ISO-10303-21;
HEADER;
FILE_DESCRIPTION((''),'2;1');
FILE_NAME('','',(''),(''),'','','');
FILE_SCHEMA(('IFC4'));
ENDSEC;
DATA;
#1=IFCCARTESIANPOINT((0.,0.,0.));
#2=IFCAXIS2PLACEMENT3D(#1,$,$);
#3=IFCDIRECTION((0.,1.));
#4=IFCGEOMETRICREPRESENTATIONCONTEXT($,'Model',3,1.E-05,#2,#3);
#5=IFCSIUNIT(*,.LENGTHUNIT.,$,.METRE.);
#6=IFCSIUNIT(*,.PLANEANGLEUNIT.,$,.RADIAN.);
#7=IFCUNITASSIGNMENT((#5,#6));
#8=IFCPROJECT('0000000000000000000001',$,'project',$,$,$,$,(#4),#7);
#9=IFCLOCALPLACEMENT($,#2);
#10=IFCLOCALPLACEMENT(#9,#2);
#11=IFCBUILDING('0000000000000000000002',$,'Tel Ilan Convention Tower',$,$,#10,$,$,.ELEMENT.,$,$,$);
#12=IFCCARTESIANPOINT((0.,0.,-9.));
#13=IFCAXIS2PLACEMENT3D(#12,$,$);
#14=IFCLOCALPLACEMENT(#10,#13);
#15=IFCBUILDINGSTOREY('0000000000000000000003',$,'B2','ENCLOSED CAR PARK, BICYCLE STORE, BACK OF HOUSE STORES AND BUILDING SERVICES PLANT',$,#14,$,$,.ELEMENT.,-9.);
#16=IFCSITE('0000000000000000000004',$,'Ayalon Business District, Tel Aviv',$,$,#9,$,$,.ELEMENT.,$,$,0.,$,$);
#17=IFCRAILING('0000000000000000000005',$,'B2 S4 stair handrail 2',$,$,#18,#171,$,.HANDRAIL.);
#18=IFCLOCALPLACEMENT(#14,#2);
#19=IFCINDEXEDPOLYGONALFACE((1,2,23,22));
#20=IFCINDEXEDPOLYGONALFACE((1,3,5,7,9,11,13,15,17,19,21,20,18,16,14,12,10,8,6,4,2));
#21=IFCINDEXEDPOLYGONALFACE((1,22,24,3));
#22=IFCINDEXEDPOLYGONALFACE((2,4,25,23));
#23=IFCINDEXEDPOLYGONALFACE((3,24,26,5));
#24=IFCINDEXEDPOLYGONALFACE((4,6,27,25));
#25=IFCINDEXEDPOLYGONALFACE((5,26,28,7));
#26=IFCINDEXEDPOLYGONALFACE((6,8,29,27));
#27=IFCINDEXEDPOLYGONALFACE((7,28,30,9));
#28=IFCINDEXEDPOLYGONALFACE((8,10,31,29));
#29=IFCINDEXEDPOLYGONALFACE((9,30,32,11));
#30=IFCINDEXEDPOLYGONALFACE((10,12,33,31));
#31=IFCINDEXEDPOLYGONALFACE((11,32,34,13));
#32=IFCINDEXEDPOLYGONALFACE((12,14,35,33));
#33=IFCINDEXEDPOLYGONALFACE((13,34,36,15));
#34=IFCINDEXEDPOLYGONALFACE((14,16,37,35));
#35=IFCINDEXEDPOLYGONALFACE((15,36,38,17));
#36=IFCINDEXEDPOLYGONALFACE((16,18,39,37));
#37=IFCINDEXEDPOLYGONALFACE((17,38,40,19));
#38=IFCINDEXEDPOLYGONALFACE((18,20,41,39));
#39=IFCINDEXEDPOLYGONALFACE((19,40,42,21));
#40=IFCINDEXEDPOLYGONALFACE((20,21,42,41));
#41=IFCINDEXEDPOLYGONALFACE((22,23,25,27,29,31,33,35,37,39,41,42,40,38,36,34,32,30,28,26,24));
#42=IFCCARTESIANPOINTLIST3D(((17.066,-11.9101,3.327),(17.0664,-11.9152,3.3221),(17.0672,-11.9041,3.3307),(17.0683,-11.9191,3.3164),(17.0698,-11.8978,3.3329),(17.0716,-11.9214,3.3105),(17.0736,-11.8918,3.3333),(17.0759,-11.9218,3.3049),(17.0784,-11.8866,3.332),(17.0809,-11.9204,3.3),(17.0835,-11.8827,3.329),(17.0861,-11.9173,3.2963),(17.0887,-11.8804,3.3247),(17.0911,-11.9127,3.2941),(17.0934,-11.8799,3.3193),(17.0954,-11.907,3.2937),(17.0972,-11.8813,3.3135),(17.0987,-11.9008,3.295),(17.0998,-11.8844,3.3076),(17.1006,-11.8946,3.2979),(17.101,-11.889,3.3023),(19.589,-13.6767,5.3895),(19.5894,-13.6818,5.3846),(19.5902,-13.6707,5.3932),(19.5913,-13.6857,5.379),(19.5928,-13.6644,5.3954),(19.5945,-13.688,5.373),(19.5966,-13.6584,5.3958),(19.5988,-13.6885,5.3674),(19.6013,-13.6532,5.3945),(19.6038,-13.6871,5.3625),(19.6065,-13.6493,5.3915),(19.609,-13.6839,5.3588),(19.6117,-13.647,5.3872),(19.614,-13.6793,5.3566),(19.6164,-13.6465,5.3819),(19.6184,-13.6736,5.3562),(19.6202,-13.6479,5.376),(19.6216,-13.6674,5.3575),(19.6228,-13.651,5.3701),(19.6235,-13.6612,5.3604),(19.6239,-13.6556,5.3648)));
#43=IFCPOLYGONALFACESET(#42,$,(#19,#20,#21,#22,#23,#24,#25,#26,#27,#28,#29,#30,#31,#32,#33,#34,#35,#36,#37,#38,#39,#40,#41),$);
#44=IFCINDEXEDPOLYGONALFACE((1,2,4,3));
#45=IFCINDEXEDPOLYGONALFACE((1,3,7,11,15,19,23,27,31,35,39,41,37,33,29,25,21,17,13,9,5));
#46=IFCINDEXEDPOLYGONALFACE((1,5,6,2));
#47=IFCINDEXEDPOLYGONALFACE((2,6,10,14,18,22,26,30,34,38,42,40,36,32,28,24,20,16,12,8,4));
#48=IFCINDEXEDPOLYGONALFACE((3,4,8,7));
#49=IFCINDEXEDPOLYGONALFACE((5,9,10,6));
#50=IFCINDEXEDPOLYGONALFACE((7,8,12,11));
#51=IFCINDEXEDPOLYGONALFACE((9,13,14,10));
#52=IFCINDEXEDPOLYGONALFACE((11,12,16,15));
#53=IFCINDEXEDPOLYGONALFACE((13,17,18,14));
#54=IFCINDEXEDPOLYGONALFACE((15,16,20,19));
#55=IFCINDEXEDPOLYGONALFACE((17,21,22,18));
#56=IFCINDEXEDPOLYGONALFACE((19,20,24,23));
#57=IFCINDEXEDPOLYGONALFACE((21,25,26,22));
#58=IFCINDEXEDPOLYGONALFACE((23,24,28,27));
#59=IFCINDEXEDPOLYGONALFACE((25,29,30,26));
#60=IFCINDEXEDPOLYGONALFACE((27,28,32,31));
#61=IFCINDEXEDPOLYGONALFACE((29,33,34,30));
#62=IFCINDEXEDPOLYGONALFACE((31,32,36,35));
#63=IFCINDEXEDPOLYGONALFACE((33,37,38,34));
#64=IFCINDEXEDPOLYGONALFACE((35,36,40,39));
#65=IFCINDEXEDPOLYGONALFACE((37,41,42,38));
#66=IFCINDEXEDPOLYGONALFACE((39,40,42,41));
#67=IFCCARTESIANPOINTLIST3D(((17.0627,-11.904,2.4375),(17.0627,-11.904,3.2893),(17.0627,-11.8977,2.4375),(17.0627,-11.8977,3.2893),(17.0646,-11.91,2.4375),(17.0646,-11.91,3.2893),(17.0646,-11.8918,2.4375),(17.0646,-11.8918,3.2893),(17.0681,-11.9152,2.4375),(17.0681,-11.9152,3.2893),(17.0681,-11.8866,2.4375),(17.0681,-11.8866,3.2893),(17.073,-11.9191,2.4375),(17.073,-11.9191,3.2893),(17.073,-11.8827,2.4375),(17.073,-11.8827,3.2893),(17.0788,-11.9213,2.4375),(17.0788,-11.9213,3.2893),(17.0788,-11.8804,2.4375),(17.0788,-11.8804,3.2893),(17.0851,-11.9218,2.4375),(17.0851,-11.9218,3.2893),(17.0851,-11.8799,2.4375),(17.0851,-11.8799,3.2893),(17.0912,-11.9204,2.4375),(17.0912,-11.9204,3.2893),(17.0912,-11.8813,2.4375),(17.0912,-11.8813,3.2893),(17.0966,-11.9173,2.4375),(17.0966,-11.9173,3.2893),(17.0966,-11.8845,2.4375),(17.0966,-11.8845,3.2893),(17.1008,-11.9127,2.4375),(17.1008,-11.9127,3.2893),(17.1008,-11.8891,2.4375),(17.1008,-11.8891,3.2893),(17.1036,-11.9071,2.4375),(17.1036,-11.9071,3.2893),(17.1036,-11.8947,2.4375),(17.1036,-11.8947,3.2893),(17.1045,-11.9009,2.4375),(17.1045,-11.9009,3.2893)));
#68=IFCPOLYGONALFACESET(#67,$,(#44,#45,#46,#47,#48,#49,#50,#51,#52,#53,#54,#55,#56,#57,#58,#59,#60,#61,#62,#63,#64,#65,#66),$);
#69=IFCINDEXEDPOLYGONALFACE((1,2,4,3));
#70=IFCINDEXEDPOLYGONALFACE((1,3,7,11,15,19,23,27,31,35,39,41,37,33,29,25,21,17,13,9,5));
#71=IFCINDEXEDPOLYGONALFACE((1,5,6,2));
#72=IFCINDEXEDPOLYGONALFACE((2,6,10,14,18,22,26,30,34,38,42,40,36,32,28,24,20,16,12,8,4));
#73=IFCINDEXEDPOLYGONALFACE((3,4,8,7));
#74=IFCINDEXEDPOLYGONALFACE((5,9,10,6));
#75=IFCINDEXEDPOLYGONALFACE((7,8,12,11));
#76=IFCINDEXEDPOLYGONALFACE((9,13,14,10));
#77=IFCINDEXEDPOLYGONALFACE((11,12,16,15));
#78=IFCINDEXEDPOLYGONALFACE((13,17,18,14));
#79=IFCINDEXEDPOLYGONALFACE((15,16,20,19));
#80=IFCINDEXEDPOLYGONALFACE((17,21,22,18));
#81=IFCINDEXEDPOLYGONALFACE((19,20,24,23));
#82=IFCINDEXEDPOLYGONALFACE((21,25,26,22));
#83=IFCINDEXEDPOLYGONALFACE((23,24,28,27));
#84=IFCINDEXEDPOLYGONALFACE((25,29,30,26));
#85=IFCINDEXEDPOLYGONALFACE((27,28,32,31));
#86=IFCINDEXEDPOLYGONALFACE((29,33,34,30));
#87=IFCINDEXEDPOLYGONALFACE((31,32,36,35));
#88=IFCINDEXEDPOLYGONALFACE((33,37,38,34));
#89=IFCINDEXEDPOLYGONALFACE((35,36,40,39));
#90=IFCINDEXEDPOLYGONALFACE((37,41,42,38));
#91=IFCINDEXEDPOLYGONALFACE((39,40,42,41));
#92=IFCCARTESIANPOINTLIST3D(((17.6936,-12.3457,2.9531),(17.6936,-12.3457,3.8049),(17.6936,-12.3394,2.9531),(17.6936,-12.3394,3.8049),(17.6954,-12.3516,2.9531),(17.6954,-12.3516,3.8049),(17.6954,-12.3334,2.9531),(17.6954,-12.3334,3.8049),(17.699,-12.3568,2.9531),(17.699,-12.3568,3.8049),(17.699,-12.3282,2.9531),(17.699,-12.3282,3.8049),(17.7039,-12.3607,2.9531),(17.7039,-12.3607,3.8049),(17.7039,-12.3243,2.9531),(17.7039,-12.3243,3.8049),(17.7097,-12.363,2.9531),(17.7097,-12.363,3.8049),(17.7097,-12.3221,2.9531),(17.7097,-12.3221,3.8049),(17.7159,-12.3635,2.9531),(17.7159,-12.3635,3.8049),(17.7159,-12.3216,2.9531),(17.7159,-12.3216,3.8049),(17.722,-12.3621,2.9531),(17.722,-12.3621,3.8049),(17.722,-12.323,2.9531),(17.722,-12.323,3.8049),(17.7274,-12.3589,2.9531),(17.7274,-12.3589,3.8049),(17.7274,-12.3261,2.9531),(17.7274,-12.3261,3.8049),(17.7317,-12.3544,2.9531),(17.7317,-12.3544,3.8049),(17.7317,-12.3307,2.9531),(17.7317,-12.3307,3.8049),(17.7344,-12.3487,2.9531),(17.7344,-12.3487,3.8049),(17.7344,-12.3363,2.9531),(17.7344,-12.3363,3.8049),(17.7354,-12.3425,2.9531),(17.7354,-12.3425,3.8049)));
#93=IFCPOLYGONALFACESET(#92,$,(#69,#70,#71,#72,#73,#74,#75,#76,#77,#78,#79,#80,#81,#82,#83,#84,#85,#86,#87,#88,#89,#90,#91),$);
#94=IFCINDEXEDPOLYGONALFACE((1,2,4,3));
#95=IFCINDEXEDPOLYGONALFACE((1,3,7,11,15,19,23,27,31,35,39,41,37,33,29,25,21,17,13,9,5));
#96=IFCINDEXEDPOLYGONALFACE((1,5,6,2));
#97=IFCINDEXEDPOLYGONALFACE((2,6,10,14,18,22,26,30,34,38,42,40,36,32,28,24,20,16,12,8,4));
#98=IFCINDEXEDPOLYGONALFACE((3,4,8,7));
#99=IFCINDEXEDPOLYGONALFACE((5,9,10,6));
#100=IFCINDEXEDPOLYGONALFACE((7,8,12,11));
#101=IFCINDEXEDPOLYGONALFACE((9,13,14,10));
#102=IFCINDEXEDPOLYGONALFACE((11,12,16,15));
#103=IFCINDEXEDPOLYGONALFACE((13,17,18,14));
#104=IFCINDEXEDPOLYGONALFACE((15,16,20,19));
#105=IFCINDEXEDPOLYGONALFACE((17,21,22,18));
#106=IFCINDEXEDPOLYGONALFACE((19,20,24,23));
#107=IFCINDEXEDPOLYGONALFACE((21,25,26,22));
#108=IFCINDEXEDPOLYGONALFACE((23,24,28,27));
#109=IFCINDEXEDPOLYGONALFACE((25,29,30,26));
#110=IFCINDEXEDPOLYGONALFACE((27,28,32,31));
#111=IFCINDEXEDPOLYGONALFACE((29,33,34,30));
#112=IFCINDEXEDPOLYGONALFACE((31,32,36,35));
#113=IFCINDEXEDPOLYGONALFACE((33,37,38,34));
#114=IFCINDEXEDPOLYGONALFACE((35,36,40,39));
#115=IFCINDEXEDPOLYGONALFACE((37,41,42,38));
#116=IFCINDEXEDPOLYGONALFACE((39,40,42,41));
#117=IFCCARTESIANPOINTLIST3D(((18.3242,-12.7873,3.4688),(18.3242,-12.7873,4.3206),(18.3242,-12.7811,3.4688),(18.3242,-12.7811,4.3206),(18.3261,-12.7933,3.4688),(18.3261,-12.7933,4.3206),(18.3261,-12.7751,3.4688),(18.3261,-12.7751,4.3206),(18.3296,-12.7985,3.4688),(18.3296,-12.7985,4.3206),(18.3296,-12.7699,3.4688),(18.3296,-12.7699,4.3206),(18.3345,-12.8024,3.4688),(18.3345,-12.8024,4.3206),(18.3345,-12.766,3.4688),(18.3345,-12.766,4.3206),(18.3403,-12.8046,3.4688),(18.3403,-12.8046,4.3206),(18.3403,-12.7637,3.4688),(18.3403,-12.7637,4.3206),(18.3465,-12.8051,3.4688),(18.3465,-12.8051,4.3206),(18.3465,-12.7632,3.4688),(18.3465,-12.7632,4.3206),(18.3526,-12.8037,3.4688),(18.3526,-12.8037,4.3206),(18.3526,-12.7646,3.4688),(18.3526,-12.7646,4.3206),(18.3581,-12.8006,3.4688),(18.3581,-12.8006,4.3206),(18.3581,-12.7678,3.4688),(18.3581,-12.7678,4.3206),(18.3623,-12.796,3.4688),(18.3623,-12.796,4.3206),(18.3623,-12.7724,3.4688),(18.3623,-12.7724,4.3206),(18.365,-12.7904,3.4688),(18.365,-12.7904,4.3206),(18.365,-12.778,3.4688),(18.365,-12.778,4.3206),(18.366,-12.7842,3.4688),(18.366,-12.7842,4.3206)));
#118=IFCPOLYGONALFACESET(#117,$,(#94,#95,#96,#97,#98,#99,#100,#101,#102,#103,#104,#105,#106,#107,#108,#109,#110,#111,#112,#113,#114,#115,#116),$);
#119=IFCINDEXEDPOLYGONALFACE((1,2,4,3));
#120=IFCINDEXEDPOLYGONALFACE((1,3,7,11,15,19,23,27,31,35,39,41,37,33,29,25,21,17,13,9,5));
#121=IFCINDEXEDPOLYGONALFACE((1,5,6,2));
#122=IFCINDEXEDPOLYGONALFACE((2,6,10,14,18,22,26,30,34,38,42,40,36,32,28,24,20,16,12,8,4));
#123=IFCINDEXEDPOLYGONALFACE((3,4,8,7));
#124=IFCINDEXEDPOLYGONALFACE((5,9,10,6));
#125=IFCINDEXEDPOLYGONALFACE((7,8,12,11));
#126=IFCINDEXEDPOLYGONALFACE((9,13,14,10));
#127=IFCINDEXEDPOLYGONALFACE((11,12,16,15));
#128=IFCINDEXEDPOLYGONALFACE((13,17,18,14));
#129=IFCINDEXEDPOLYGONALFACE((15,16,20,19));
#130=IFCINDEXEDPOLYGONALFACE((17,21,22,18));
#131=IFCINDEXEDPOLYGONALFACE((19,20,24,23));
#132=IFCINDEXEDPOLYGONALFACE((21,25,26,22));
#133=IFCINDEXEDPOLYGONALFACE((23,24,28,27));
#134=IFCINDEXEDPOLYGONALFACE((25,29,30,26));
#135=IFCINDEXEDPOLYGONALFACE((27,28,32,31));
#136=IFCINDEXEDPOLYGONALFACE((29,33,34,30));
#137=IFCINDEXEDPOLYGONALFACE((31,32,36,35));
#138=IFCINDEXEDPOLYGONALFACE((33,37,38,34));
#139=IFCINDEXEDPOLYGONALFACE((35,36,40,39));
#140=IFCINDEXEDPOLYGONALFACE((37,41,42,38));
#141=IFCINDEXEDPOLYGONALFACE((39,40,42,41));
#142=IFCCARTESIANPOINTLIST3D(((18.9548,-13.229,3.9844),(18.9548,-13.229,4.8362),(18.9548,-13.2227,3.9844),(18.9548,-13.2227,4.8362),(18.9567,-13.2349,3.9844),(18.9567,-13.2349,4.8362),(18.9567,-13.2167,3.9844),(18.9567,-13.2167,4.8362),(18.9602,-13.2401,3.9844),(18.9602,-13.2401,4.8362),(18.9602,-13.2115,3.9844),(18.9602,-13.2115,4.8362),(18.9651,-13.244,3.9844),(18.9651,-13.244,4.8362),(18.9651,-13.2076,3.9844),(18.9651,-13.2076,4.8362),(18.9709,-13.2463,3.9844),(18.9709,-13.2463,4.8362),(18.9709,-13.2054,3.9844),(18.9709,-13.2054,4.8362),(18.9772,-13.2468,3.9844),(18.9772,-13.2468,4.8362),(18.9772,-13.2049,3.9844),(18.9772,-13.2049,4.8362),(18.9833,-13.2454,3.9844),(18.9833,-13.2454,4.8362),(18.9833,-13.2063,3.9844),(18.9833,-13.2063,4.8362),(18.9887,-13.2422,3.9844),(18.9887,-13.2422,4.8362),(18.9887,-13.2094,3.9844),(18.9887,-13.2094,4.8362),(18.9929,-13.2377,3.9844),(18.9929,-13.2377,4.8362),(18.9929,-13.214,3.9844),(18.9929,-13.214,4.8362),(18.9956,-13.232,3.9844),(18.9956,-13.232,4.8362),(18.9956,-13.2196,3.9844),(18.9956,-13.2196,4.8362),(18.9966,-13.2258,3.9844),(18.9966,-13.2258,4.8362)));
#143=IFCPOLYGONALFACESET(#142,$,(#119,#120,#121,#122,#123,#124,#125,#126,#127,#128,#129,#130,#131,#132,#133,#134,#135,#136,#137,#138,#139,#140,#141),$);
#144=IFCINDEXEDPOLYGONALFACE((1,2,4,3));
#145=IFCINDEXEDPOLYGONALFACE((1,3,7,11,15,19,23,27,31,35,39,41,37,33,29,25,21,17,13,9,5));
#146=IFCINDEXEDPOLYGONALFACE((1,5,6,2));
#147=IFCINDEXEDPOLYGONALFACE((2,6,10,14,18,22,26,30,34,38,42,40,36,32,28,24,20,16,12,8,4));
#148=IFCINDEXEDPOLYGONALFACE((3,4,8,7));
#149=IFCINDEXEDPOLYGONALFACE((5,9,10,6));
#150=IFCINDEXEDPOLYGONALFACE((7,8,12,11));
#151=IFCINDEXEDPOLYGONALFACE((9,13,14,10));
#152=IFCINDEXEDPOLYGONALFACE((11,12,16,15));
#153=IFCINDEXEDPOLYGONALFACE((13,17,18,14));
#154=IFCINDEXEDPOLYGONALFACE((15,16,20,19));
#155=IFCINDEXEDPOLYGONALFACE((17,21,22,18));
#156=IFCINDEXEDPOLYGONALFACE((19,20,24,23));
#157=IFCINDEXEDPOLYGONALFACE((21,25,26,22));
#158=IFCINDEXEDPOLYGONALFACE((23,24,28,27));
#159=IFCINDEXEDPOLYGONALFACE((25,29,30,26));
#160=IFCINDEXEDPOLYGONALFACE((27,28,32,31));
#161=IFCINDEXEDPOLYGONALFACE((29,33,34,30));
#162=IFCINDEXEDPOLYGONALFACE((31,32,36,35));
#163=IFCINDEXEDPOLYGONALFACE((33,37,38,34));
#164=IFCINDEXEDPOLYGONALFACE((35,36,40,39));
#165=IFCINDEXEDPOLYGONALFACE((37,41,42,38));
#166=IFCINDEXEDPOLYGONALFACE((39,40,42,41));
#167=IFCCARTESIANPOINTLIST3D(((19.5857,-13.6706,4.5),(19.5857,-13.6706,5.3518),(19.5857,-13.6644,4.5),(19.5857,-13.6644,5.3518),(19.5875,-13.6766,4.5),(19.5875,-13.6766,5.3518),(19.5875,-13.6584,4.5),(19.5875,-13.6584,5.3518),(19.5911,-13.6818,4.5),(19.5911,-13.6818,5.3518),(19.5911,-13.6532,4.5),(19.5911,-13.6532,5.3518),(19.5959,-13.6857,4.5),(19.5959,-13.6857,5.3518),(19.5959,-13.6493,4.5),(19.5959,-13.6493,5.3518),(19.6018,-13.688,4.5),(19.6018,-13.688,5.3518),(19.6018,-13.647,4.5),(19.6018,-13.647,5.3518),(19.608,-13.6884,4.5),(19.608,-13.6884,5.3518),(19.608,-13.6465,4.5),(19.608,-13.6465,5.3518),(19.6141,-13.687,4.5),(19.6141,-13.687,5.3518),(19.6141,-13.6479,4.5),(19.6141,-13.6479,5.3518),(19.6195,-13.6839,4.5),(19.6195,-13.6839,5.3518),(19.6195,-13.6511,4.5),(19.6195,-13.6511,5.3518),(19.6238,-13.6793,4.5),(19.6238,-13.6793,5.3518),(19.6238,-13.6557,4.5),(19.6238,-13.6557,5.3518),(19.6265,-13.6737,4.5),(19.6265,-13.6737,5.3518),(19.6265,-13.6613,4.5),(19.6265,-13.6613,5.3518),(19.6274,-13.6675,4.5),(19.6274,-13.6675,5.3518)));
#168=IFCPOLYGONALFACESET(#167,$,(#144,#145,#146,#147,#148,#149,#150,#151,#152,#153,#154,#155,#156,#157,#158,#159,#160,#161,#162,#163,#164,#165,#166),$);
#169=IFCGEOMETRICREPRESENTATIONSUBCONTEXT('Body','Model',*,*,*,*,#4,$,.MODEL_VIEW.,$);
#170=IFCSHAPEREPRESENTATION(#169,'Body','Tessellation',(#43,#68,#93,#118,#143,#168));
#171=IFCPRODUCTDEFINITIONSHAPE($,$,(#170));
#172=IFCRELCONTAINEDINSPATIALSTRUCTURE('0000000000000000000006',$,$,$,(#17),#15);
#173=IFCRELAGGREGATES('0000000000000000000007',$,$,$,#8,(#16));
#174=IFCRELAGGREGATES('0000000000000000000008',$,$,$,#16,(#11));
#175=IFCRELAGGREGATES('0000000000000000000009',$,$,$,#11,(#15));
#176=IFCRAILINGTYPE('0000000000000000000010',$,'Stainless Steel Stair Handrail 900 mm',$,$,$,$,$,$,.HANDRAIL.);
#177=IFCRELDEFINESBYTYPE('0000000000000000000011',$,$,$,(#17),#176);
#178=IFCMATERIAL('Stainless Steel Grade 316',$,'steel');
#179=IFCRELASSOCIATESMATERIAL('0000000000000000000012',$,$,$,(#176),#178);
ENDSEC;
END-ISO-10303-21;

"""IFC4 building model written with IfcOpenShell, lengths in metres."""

from ifc_helpers import new_model, si_unit, direction, frame, origin, origin_2d, place, context, subcontext, project, spatial, circle, extrude, material, type_object, element, save


model = new_model("IFC4")

# Units and contexts
model_context = context("Model", 3, precision=1e-05, world=origin(), true_north=direction((0.0, 1.0)))
body_context = subcontext(model_context, "Body", "Model", "MODEL_VIEW")
ifc_project = project(units=[si_unit("LENGTHUNIT", "METRE"), si_unit("PLANEANGLEUNIT", "RADIAN")], contexts=[model_context])

# Site, building, storey
site_placement = place(None, origin())
site = spatial("IfcSite", under=ifc_project, at=site_placement, Name="Ayalon Business District, Tel Aviv", CompositionType="ELEMENT", RefElevation=0.0)
building_placement = place(site_placement, origin())
building = spatial("IfcBuilding", under=site, at=building_placement, Name="Tel Ilan Convention Tower", CompositionType="ELEMENT")
storey_placement = place(building_placement, frame((0.0, 0.0, -9.0)))
storey = spatial("IfcBuildingStorey", under=building, at=storey_placement, Name="B2", Description="ENCLOSED CAR PARK, BICYCLE STORE, BACK OF HOUSE STORES AND BUILDING SERVICES PLANT", CompositionType="ELEMENT", Elevation=-9.0)

# Railing
ifc_material_1 = material(Name="Stainless Steel Grade 316", Category="steel")
railing_type = type_object("IfcRailingType", Name="Stainless Steel Stair Handrail 900 mm", PredefinedType="HANDRAIL", material=ifc_material_1)
railing_placement = place(storey_placement, frame((17.0835, -11.9009, 2.4375)))
element("IfcRailing", 1, at=railing_placement, inside=storey, type_object=railing_type, Name="B2 S4 stair handrail 2", PredefinedType="HANDRAIL", context=body_context, shape_type="SweptSolid", body=[
    extrude(circle(Radius=0.0239, at=origin_2d()), frame((0.0, 0.0, 0.876), z_axis=(0.680635, -0.476589, 0.556416), x_axis=(0.573579, 0.81915, 0.0)), (0.0, 0.0, 1.0), 3.7068),
    extrude(circle(Radius=0.021, at=origin_2d()), origin(), (0.0, 0.0, 1.0), 0.8518),
    extrude(circle(Radius=0.021, at=origin_2d()), frame((0.6309, -0.4417, 0.5156)), (0.0, 0.0, 1.0), 0.8518),
    extrude(circle(Radius=0.021, at=origin_2d()), frame((1.2615, -0.8833, 1.0312)), (0.0, 0.0, 1.0), 0.8518),
    extrude(circle(Radius=0.021, at=origin_2d()), frame((1.8921, -1.325, 1.5469)), (0.0, 0.0, 1.0), 0.8518),
    extrude(circle(Radius=0.021, at=origin_2d()), frame((2.5229, -1.7666, 2.0625)), (0.0, 0.0, 1.0), 0.8518),
])

save(model, "model.ifc")
